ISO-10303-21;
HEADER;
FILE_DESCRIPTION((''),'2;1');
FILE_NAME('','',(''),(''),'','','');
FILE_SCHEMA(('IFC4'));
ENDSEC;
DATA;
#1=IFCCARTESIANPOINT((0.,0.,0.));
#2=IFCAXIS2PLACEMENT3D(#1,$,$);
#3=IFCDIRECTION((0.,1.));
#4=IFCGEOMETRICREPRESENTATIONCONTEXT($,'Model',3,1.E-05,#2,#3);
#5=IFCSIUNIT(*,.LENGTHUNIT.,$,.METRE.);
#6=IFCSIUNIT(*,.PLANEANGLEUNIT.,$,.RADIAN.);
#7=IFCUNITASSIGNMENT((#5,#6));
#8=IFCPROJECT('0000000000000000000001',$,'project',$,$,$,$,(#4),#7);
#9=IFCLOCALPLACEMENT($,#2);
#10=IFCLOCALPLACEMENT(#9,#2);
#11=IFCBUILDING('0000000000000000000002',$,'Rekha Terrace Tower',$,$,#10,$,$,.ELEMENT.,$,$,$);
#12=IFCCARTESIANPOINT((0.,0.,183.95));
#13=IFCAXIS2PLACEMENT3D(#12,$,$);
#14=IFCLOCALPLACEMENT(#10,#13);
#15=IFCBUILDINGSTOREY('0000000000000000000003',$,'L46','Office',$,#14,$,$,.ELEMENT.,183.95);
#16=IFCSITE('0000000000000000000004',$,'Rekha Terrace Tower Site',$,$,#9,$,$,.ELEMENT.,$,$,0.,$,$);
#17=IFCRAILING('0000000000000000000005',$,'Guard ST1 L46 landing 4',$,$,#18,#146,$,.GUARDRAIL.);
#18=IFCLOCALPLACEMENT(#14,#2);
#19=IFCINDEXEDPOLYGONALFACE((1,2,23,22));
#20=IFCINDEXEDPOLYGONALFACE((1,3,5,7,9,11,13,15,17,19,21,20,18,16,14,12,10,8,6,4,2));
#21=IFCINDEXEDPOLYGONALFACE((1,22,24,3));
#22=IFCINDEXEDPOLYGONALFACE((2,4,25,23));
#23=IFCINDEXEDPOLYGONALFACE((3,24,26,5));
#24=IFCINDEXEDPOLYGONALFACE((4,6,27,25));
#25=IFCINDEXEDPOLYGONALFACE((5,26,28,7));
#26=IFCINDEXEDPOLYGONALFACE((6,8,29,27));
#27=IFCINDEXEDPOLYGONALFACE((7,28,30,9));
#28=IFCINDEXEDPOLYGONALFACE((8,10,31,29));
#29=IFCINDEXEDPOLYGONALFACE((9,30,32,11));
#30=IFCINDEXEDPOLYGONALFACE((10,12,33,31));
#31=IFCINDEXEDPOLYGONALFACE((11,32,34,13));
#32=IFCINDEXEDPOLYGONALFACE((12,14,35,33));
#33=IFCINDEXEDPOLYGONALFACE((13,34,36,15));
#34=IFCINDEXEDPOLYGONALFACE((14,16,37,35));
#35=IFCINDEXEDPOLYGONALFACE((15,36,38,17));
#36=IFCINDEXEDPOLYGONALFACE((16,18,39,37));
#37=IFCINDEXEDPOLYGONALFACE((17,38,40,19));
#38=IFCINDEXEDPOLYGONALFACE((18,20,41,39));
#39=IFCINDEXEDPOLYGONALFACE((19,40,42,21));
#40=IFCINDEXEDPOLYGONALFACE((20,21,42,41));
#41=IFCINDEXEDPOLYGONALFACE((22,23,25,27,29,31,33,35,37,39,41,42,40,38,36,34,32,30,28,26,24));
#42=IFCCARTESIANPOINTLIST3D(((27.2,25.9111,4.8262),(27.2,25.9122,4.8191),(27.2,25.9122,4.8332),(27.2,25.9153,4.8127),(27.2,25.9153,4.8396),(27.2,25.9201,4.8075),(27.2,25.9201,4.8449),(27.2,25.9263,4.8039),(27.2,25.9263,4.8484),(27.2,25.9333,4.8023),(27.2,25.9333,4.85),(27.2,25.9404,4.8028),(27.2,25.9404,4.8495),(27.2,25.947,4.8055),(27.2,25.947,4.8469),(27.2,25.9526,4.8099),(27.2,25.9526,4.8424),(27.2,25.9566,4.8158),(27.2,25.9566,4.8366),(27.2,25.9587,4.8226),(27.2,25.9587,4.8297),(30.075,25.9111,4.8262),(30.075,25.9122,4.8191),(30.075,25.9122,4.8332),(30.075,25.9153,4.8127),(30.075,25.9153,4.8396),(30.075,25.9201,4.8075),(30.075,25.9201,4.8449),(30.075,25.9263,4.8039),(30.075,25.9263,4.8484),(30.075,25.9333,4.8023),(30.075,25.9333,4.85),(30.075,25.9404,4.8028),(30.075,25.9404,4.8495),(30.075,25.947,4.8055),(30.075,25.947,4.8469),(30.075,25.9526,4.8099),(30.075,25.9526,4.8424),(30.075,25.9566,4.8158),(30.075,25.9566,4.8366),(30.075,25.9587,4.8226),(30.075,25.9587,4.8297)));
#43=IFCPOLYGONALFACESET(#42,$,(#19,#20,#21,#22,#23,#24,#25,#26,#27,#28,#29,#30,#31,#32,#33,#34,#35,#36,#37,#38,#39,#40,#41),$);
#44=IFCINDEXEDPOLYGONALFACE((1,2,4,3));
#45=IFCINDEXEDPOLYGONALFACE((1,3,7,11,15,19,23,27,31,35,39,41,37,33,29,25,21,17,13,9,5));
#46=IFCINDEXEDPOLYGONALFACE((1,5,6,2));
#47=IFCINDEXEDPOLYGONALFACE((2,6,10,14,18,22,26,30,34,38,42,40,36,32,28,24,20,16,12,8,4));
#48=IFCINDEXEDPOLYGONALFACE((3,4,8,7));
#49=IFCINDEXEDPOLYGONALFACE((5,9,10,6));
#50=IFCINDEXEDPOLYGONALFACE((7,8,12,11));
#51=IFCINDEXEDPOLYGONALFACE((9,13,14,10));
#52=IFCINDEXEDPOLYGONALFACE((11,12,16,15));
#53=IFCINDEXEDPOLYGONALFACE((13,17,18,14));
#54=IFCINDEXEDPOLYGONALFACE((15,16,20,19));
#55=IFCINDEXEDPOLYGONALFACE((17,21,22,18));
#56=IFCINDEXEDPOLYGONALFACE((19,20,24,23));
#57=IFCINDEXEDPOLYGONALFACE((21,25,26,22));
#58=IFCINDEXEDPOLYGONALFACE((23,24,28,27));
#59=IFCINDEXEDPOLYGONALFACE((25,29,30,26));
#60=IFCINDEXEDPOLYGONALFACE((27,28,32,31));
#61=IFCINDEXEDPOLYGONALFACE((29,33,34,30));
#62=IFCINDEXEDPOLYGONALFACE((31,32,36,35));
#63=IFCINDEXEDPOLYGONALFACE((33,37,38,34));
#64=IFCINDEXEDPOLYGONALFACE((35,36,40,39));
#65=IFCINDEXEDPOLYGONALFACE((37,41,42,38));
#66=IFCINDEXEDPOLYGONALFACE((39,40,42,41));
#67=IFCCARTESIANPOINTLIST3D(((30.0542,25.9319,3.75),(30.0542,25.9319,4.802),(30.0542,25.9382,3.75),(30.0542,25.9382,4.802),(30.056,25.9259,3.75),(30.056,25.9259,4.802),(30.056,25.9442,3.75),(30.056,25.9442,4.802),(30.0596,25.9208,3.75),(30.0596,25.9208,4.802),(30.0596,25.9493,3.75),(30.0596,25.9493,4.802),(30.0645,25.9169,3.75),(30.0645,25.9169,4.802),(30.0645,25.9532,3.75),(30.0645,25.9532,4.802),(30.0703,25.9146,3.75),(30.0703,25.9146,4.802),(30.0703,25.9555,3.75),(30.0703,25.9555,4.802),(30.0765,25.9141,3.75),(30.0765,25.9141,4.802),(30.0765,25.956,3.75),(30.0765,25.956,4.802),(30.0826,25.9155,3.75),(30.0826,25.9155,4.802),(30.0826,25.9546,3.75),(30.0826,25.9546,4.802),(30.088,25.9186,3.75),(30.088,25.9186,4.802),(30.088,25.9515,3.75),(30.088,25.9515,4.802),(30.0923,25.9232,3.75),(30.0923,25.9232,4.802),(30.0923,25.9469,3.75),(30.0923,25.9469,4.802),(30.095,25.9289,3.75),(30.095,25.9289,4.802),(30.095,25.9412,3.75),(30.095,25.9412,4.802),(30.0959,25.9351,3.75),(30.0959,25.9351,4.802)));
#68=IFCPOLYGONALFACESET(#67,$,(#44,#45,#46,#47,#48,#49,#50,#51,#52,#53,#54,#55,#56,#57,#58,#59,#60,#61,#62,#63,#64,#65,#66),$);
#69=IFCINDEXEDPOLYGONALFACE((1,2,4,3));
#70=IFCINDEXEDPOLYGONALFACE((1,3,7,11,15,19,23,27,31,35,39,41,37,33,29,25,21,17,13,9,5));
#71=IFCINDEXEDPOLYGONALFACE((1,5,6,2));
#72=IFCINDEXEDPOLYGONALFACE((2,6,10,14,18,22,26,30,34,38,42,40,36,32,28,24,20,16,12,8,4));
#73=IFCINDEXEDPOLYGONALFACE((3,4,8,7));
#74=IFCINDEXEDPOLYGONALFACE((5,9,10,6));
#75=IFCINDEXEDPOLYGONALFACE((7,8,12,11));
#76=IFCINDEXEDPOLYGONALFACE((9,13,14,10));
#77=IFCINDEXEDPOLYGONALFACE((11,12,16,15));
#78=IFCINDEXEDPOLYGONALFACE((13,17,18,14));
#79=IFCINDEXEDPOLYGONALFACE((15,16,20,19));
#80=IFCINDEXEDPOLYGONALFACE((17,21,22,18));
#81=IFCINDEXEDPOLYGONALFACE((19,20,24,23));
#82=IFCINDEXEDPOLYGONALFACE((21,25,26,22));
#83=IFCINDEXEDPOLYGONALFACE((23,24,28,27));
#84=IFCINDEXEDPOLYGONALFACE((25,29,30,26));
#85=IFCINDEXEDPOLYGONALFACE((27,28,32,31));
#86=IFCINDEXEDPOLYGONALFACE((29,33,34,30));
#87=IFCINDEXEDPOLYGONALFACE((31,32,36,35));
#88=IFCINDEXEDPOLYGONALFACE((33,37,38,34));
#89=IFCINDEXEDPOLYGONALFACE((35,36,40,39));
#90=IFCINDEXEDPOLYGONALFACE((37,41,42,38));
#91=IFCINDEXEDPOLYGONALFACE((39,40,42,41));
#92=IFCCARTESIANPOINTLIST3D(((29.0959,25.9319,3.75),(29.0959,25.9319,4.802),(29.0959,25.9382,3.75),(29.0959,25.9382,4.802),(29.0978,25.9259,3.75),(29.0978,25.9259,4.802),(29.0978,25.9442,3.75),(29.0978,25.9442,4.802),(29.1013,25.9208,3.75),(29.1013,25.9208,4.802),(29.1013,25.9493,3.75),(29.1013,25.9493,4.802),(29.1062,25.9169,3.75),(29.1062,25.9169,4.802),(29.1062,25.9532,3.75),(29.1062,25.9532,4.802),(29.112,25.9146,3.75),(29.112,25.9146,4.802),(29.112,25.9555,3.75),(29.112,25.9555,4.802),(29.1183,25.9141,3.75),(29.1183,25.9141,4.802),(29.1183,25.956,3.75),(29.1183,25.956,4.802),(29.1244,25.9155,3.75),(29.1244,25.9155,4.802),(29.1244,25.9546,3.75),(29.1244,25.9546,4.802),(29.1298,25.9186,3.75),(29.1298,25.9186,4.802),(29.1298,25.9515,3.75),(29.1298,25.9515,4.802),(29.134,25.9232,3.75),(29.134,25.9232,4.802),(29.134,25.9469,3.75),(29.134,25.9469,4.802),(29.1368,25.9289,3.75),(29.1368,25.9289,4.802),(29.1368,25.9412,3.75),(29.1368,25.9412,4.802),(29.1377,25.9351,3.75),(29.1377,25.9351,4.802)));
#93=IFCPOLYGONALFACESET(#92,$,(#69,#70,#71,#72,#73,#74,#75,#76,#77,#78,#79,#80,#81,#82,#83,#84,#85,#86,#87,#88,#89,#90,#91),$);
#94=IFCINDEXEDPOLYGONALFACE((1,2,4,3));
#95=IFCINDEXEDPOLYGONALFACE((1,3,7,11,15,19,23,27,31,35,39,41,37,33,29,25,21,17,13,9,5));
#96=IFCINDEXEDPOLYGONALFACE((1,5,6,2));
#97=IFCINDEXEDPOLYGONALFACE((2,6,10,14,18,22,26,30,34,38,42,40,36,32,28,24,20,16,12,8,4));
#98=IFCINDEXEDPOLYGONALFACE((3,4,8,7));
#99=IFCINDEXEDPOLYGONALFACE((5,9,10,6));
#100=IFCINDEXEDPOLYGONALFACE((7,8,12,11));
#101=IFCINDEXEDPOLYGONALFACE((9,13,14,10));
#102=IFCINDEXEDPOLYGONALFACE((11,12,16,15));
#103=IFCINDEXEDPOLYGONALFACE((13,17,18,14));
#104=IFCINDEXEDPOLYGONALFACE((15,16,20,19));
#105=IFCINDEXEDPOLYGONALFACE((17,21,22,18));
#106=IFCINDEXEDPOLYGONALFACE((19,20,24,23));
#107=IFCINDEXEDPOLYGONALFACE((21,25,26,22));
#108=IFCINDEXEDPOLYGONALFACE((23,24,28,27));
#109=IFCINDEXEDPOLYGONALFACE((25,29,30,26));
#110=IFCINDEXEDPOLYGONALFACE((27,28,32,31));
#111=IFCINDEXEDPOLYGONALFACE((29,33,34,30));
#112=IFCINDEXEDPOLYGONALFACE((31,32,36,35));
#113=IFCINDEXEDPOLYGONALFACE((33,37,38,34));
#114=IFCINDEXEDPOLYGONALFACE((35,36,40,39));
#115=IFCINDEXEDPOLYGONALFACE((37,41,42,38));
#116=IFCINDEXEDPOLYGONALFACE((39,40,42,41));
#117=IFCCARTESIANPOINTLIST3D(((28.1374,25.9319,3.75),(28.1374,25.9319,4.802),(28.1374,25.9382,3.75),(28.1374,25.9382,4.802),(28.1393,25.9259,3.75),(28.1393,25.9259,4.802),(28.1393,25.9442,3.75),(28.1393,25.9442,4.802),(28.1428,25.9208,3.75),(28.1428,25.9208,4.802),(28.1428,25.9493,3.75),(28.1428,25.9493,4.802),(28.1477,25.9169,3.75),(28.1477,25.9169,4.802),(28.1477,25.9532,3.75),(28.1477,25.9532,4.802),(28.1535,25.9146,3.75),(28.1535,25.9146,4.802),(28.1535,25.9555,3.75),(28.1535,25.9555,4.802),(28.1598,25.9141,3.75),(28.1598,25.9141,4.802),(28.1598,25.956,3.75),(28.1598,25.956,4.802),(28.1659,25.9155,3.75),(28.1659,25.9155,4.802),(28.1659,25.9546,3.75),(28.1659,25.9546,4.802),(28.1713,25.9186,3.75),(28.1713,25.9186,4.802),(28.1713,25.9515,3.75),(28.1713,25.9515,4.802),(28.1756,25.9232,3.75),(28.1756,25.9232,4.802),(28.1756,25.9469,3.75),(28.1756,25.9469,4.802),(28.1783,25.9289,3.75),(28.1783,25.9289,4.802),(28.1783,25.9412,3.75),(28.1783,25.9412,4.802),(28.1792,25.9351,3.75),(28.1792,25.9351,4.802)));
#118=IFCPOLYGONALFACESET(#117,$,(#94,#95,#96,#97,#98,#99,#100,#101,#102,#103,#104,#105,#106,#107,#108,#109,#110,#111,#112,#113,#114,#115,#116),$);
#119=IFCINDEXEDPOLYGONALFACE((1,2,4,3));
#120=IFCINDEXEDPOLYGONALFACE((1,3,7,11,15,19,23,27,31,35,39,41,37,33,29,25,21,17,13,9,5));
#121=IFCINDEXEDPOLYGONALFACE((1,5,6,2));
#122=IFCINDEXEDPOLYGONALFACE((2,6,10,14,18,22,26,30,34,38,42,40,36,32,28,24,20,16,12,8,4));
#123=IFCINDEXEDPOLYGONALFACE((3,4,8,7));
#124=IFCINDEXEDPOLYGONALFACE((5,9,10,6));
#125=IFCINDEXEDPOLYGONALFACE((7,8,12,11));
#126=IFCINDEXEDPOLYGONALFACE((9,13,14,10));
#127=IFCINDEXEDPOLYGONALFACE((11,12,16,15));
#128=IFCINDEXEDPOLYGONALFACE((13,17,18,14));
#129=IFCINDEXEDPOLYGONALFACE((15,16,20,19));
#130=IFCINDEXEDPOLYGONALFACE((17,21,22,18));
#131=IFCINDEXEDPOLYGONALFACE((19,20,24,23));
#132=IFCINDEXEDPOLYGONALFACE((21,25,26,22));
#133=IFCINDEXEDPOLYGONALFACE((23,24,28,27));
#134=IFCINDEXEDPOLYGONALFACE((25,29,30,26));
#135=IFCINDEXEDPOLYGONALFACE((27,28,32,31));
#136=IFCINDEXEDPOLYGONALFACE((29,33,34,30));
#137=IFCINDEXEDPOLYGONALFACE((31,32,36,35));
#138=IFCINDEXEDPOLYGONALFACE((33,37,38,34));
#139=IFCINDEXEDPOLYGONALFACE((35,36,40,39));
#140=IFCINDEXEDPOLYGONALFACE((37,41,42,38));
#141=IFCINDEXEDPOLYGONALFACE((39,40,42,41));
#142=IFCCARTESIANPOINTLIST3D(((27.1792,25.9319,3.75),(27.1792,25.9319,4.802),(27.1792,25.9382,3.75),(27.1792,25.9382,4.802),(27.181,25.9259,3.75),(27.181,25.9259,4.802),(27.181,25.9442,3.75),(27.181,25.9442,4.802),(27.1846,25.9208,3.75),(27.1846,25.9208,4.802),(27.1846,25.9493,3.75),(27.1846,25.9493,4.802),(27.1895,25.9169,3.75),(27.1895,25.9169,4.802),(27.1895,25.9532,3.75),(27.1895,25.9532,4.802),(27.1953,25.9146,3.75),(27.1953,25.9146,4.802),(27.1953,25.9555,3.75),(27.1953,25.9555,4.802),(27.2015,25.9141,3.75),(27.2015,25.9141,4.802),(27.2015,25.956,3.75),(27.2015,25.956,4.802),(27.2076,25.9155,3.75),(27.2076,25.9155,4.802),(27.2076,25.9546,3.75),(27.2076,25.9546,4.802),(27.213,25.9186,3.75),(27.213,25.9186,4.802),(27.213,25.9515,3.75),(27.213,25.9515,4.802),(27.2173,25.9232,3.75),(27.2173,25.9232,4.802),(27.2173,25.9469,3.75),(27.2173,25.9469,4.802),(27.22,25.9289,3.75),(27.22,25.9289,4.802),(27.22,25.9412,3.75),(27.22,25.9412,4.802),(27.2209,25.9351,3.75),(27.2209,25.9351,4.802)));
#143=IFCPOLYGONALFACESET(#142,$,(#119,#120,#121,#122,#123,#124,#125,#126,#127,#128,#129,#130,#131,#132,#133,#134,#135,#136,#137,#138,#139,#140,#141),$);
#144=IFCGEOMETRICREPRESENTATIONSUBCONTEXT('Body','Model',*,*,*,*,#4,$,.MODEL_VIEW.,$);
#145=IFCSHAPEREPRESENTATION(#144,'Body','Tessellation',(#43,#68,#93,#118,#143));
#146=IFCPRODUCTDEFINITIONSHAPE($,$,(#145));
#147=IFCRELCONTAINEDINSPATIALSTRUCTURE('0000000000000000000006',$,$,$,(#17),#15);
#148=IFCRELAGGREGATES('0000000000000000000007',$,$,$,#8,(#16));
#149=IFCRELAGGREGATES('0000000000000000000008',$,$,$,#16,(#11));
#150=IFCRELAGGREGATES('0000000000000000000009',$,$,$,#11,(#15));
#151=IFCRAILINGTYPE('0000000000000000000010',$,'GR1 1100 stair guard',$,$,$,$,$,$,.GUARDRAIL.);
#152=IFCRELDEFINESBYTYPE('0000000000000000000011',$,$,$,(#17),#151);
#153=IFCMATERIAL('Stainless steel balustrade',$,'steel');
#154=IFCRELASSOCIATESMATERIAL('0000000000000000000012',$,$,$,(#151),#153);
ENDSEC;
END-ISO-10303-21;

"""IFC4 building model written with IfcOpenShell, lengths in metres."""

from ifc_helpers import new_model, si_unit, direction, frame, origin, origin_2d, place, context, subcontext, project, spatial, circle, extrude, material, type_object, element, save


model = new_model("IFC4")

# Units and contexts
model_context = context("Model", 3, precision=1e-05, world=origin(), true_north=direction((0.0, 1.0)))
body_context = subcontext(model_context, "Body", "Model", "MODEL_VIEW")
ifc_project = project(units=[si_unit("LENGTHUNIT", "METRE"), si_unit("PLANEANGLEUNIT", "RADIAN")], contexts=[model_context])

# Site, building, storey
site_placement = place(None, origin())
site = spatial("IfcSite", under=ifc_project, at=site_placement, Name="Rekha Terrace Tower Site", CompositionType="ELEMENT", RefElevation=0.0)
building_placement = place(site_placement, origin())
building = spatial("IfcBuilding", under=site, at=building_placement, Name="Rekha Terrace Tower", CompositionType="ELEMENT")
storey_placement = place(building_placement, frame((0.0, 0.0, 183.95)))
storey = spatial("IfcBuildingStorey", under=building, at=storey_placement, Name="L46", Description="Office", CompositionType="ELEMENT", Elevation=183.95)

# Railing
ifc_material_1 = material(Name="Stainless steel balustrade", Category="steel")
railing_type_1 = type_object("IfcRailingType", Name="GR1 1100 stair guard", PredefinedType="GUARDRAIL", material=ifc_material_1)
railing_1_placement = place(storey_placement, frame((30.075, 25.9351, 3.75)))
element("IfcRailing", 1, at=railing_1_placement, inside=storey, type_object=railing_type_1, Name="Guard ST1 L46 landing 4", PredefinedType="GUARDRAIL", context=body_context, shape_type="SweptSolid", body=[
    extrude(circle(Radius=0.0239, at=origin_2d()), frame((0.0, 0.0, 1.0762), z_axis=(-1.0, 0.0, 0.0), x_axis=(0.0, -1.0, 0.0)), (0.0, 0.0, 1.0), 2.875),
    extrude(circle(Radius=0.021, at=origin_2d()), origin(), (0.0, 0.0, 1.0), 1.052),
    extrude(circle(Radius=0.021, at=origin_2d()), frame((-0.9583, 0.0, 0.0)), (0.0, 0.0, 1.0), 1.052),
    extrude(circle(Radius=0.021, at=origin_2d()), frame((-1.9167, 0.0, 0.0)), (0.0, 0.0, 1.0), 1.052),
    extrude(circle(Radius=0.021, at=origin_2d()), frame((-2.875, 0.0, 0.0)), (0.0, 0.0, 1.0), 1.052),
])

save(model, "model.ifc")
